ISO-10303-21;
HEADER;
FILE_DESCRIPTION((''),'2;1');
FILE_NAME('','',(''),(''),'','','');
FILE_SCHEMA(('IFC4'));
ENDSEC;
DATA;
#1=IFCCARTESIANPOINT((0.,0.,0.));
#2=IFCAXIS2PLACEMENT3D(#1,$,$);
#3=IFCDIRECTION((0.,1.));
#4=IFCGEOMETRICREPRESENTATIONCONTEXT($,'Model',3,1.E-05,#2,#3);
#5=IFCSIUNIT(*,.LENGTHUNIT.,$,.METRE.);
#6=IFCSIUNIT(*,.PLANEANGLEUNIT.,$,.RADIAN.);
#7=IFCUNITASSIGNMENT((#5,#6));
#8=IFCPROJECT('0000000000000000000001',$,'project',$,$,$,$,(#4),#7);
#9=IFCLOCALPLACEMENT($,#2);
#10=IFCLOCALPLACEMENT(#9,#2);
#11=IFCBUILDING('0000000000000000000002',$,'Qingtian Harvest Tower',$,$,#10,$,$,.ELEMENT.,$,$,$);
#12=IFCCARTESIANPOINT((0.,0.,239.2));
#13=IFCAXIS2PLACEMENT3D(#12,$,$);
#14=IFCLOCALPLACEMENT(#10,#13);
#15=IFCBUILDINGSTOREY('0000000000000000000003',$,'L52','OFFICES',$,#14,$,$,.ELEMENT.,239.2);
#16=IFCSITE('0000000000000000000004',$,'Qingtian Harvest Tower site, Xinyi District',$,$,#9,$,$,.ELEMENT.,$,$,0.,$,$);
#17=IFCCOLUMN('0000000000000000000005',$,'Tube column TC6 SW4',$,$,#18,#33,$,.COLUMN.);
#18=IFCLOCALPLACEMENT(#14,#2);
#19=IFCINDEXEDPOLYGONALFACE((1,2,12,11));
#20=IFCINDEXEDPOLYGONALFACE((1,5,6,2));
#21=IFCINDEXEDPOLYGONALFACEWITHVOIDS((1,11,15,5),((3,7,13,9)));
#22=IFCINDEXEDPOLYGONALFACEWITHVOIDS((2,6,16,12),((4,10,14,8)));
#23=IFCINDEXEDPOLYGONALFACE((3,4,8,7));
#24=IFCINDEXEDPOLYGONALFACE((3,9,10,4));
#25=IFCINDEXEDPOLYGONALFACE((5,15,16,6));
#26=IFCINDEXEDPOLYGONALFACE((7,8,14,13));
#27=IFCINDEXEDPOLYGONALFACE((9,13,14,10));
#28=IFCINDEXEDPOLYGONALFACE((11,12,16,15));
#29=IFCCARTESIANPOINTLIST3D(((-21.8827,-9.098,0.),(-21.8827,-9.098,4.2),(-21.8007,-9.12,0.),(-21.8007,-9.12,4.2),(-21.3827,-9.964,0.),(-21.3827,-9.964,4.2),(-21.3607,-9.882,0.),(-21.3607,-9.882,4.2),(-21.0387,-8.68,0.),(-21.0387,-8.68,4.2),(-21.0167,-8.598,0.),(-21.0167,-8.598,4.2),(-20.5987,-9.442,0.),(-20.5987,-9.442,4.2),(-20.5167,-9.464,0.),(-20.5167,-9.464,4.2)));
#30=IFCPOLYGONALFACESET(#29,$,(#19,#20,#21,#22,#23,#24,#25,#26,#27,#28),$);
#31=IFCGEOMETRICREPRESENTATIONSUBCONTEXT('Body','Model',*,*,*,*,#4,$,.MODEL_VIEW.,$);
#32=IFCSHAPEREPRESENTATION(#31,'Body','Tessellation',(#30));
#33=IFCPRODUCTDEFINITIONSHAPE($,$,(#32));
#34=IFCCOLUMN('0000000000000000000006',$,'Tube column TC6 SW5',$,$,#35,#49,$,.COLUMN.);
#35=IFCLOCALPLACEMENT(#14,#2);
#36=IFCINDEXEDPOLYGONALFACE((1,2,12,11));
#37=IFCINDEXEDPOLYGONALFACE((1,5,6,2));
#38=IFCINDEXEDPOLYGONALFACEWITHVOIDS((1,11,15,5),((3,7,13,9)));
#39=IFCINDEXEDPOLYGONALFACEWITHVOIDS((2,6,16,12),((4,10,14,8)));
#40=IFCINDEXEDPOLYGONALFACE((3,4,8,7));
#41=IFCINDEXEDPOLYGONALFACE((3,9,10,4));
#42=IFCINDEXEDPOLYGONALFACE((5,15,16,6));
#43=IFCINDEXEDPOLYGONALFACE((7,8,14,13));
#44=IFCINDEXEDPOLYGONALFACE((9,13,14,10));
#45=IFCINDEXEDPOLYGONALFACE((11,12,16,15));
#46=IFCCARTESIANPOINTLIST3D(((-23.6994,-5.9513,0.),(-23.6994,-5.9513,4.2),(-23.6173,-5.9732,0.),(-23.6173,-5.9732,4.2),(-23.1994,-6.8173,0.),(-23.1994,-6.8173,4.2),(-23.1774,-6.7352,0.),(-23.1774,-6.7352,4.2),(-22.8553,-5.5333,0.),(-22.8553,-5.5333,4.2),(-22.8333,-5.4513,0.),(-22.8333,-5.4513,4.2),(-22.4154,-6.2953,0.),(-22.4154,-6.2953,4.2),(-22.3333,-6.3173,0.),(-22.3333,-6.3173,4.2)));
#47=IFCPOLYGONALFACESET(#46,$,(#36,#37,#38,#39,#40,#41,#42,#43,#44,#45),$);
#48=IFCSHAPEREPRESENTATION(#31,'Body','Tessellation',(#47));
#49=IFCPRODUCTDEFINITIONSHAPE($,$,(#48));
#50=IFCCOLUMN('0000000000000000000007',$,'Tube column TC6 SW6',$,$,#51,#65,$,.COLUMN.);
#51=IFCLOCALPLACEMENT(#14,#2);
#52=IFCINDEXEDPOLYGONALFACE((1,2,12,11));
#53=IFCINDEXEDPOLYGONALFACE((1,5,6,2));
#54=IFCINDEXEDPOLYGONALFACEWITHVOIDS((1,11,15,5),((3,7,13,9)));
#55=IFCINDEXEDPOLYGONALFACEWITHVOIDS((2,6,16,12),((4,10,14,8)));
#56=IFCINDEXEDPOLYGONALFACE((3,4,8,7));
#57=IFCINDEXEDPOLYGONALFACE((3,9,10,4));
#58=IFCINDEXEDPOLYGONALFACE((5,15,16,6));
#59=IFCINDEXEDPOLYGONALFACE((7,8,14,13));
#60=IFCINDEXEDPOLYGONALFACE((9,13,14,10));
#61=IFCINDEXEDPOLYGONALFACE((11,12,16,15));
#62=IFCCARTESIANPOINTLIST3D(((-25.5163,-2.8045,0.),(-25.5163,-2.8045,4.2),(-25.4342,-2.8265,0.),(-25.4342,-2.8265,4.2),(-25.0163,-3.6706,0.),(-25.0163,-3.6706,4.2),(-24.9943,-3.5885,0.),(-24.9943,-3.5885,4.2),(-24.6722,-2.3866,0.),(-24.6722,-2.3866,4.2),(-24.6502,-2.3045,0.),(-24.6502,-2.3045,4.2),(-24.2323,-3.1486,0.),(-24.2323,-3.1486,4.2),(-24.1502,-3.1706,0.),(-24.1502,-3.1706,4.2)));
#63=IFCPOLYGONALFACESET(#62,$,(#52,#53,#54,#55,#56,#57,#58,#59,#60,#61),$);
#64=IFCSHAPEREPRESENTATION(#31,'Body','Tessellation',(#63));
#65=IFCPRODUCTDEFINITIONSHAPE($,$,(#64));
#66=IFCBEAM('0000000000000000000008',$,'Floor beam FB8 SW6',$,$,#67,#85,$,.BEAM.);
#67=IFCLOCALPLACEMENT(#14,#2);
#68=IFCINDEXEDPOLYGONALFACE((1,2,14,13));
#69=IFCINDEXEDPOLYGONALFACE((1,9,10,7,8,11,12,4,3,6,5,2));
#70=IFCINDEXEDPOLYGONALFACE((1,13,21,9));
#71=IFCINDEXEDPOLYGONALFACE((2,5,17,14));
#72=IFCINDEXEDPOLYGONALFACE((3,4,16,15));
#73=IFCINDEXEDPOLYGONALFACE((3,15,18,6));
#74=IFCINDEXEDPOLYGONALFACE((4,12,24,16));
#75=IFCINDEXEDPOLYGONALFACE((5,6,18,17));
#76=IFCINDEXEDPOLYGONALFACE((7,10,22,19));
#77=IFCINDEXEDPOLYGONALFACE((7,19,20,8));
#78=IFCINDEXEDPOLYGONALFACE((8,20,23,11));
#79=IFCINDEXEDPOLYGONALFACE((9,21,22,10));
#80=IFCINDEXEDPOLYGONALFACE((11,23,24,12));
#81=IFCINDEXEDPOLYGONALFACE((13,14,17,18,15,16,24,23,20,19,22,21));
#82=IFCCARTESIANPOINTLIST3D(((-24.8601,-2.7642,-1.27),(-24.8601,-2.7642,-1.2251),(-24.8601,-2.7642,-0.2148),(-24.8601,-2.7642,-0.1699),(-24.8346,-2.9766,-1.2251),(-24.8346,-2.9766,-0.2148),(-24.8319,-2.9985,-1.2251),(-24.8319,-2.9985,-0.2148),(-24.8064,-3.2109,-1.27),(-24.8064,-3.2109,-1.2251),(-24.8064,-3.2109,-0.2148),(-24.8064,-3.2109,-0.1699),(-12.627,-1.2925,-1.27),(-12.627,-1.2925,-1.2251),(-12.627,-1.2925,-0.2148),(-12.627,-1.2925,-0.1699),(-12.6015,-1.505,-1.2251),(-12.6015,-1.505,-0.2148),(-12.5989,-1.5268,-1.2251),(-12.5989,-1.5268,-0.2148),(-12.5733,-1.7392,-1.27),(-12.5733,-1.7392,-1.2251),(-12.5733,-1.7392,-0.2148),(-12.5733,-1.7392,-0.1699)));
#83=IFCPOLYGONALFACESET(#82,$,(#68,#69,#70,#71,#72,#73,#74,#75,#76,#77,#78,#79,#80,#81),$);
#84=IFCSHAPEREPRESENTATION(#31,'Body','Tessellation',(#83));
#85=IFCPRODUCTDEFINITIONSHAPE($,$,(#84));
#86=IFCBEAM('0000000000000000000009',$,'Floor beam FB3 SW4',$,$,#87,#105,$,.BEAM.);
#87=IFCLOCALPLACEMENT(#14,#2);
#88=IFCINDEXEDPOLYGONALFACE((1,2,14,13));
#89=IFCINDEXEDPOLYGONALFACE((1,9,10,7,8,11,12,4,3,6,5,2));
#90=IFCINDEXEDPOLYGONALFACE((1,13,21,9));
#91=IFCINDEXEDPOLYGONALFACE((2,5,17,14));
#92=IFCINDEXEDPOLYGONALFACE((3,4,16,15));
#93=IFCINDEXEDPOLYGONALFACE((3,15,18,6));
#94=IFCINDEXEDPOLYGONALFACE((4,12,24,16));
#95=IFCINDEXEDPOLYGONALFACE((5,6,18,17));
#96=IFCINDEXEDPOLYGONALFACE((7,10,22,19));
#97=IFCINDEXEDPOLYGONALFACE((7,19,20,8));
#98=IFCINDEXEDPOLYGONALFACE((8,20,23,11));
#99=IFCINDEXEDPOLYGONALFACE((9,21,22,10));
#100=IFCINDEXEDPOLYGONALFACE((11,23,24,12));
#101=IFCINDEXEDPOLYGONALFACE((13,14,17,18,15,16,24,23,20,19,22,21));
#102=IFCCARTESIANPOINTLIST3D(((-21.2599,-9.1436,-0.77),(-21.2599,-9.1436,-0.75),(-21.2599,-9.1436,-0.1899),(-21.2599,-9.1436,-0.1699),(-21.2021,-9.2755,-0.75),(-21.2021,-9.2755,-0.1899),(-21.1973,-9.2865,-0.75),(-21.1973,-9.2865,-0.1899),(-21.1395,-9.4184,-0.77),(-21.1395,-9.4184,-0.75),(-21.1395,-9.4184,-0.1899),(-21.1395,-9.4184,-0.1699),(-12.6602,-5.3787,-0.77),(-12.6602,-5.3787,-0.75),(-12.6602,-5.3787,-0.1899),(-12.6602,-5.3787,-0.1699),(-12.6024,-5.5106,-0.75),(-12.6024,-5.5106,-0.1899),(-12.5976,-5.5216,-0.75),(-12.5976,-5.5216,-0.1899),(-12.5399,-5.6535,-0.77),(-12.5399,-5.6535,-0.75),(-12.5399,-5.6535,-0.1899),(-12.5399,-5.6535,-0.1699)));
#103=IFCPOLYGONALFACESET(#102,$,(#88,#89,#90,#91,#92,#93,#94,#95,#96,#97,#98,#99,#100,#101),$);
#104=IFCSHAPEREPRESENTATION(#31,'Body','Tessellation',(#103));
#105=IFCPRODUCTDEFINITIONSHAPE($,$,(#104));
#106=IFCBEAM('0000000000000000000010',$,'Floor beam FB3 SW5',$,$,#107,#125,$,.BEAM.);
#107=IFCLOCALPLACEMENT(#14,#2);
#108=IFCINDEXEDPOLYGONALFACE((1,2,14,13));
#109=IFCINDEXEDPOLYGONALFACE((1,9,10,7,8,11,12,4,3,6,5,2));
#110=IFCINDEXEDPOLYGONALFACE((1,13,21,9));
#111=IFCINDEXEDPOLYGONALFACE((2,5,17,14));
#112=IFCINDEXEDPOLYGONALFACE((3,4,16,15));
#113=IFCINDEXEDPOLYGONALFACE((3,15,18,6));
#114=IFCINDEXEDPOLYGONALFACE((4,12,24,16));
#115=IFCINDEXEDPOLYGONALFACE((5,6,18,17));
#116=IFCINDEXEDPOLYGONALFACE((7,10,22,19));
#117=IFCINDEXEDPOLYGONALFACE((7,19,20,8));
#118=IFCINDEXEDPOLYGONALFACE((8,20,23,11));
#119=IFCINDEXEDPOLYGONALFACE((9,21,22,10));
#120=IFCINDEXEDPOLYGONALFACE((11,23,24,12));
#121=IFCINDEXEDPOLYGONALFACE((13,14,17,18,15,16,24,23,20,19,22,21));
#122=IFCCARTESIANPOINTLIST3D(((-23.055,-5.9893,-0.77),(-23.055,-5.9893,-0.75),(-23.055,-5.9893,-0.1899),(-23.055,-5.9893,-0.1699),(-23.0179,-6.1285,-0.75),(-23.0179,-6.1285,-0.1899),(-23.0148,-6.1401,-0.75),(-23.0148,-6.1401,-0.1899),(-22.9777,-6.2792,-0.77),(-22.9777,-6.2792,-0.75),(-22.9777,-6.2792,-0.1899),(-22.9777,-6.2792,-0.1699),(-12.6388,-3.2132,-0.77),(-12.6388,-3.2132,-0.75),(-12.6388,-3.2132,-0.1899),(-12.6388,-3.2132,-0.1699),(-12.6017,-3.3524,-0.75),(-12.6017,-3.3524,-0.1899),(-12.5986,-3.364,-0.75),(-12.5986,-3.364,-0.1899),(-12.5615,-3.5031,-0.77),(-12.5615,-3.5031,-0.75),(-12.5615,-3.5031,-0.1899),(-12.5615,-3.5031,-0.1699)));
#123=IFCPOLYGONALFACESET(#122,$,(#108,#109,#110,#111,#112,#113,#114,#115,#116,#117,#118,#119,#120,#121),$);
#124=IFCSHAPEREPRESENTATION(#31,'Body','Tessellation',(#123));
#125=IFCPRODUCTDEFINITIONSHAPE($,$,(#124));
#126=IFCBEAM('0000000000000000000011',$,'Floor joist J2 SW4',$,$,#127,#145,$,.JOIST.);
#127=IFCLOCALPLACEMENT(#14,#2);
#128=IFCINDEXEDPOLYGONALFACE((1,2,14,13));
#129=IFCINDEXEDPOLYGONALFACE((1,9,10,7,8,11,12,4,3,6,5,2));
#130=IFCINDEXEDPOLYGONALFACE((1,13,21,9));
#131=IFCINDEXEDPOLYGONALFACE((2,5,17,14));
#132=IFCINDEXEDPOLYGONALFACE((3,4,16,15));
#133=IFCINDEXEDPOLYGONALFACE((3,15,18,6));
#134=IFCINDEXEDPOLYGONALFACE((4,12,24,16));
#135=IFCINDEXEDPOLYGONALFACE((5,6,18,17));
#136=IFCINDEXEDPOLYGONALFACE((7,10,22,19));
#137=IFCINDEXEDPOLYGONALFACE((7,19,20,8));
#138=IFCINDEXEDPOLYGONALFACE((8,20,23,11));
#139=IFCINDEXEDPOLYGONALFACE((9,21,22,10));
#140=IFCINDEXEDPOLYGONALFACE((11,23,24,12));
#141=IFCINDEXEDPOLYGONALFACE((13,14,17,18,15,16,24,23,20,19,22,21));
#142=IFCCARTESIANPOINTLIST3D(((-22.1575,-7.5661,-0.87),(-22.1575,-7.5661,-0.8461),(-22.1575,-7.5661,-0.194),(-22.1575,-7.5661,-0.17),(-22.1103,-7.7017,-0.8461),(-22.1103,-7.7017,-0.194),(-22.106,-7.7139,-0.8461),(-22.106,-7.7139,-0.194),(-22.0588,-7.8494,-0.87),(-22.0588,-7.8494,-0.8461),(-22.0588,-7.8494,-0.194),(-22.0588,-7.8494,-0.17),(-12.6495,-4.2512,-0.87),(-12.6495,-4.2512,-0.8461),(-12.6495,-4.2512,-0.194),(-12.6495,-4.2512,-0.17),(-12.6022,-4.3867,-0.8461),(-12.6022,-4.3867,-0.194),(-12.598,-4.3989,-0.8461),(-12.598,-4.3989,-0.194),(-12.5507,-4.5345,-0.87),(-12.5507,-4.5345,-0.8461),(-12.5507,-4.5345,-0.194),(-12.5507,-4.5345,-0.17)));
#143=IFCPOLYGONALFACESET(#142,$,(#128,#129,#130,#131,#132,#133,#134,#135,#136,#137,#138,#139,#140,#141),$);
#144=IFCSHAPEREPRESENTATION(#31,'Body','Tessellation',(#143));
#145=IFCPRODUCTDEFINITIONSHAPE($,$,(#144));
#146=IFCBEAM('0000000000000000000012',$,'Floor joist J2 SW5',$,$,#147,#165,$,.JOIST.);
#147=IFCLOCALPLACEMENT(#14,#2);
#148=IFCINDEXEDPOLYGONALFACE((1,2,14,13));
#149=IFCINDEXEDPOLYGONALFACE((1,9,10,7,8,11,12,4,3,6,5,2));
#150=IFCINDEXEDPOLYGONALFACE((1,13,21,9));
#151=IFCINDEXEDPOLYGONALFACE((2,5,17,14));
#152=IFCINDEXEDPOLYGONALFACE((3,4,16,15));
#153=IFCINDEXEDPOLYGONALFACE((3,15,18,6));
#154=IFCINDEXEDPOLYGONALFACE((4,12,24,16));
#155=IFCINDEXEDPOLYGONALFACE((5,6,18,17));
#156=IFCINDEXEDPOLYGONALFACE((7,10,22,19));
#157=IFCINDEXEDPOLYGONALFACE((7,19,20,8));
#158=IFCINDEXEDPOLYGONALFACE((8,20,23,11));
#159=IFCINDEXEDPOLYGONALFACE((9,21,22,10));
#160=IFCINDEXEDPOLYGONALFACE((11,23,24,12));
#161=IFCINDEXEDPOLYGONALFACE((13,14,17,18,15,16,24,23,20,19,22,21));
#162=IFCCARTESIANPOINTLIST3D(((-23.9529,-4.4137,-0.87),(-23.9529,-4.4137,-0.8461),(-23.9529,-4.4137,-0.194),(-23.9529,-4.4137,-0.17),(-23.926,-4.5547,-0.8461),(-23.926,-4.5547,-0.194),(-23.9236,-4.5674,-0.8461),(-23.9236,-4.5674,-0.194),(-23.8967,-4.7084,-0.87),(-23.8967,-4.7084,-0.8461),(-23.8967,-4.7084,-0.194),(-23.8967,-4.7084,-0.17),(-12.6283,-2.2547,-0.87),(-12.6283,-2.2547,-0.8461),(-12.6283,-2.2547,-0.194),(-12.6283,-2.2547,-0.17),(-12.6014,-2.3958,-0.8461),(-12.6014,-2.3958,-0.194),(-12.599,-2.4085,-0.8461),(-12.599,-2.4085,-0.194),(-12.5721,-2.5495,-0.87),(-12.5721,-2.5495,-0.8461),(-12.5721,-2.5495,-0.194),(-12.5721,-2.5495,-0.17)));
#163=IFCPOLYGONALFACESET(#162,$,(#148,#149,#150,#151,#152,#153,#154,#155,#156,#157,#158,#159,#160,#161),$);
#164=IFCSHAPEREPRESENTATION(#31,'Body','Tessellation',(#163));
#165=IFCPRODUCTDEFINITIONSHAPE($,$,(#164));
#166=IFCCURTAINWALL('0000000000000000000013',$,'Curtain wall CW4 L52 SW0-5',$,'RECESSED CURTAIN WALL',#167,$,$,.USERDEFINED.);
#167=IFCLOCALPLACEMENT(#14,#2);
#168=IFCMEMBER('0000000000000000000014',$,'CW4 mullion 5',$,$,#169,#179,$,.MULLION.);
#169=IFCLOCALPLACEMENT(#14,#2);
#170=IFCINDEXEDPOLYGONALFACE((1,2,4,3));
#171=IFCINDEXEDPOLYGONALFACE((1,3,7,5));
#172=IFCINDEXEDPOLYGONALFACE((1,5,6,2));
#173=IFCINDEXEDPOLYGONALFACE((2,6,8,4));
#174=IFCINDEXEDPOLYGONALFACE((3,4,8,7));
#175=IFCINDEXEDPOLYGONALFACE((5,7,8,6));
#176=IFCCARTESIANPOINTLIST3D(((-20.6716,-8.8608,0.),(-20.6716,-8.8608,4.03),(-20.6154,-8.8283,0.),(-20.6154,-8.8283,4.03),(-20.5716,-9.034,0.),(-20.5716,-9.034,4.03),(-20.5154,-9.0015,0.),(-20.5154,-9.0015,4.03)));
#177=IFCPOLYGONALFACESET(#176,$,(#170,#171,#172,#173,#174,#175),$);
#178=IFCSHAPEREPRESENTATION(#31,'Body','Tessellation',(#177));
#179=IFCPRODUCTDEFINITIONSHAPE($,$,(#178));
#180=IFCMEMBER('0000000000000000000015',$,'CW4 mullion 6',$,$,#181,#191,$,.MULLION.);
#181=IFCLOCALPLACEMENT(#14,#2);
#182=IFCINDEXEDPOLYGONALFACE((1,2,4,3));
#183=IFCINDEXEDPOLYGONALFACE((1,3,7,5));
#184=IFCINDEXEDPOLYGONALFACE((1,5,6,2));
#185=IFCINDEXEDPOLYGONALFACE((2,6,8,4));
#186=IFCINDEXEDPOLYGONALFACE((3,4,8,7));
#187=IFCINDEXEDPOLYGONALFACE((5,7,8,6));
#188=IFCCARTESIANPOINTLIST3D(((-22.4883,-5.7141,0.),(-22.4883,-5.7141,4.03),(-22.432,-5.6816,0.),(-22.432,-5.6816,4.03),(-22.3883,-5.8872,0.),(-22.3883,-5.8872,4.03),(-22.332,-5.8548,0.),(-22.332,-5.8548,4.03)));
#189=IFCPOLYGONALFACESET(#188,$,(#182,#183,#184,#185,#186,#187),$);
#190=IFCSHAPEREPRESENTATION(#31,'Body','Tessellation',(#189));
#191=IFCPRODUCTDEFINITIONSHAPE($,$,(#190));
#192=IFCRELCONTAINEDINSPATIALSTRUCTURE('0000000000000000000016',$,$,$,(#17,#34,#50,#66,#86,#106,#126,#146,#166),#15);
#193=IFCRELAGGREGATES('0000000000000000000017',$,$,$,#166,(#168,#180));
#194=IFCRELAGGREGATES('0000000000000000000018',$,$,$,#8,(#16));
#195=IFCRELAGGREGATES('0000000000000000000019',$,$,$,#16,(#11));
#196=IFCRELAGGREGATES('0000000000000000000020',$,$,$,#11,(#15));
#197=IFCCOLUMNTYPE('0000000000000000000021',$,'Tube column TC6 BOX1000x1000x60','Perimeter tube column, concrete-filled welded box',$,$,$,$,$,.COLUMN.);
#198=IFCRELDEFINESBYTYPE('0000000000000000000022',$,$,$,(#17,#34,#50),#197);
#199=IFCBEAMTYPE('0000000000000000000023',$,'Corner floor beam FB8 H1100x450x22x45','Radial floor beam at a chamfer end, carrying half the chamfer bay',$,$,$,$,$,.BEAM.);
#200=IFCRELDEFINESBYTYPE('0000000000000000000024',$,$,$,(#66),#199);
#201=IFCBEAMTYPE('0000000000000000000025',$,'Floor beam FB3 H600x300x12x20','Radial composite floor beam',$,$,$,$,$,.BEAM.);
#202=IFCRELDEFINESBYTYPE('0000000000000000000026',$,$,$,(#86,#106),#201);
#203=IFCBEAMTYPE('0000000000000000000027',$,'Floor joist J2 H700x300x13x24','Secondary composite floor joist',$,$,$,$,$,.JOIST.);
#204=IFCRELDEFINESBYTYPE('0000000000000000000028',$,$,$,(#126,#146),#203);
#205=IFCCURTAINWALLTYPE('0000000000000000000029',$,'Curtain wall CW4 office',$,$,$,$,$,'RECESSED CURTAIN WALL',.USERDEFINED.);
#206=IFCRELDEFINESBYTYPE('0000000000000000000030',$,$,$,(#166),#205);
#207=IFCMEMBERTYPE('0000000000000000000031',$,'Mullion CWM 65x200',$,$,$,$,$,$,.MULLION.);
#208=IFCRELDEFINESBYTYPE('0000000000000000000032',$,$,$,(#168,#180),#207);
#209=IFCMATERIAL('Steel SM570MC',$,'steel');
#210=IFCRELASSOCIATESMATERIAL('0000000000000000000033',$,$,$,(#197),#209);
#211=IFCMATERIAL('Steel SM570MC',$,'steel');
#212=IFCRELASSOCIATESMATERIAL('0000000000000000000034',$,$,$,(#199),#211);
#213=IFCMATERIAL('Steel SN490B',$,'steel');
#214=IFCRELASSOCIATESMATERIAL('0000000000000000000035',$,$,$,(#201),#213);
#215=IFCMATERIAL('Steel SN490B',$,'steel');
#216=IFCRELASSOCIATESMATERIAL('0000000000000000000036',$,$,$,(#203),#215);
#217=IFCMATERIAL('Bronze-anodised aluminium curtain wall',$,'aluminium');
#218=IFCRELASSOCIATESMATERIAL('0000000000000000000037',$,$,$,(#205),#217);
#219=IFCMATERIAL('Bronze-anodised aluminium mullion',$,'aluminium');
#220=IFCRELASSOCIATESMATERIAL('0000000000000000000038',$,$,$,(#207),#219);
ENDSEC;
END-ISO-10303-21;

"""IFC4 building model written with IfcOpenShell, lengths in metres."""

from ifc_helpers import new_model, si_unit, direction, frame, origin, origin_2d, place, context, subcontext, project, spatial, rectangle, hollow_rectangle, i_section, extrude, material, material_profile, profile_set, type_object, element, aggregate, save


model = new_model("IFC4")

# Units and contexts
model_context = context("Model", 3, precision=1e-05, world=origin(), true_north=direction((0.0, 1.0)))
body_context = subcontext(model_context, "Body", "Model", "MODEL_VIEW")
ifc_project = project(units=[si_unit("LENGTHUNIT", "METRE"), si_unit("PLANEANGLEUNIT", "RADIAN")], contexts=[model_context])

# Site, building, storey
site_placement = place(None, origin())
site = spatial("IfcSite", under=ifc_project, at=site_placement, Name="Qingtian Harvest Tower site, Xinyi District", CompositionType="ELEMENT", RefElevation=0.0)
building_placement = place(site_placement, origin())
building = spatial("IfcBuilding", under=site, at=building_placement, Name="Qingtian Harvest Tower", CompositionType="ELEMENT")
storey_placement = place(building_placement, frame((0.0, 0.0, 239.2)))
storey = spatial("IfcBuildingStorey", under=building, at=storey_placement, Name="L52", Description="OFFICES", CompositionType="ELEMENT", Elevation=239.2)

# Columns
ifc_material_1 = material(Name="Steel SM570MC", Category="steel")
ifc_material_profile_1 = material_profile(ifc_material_1, hollow_rectangle(XDim=1.0, YDim=1.0, WallThickness=0.0601, at=origin_2d()), Name="BOX1000x1000x60")
ifc_profile_set_1 = profile_set([ifc_material_profile_1], Name="Steel SM570MC")
column_type = type_object("IfcColumnType", Name="Tube column TC6 BOX1000x1000x60", Description="Perimeter tube column, concrete-filled welded box", PredefinedType="COLUMN", material=ifc_profile_set_1)
for number, where, z_axis, x_axis, name in (
    (1, (-21.1997, -9.281, 0.0), (0.0, 0.0, 1.0), (0.5, -0.866025, 0.0), "Tube column TC6 SW4"),
    (2, (-23.0164, -6.1343, 0.0), (0.0, 0.0, 1.0), (0.5, -0.866025, 0.0), "Tube column TC6 SW5"),
    (3, (-24.8333, -2.9875, 0.0), (0.0, 0.0, 1.0), (0.5, -0.866025, 0.0), "Tube column TC6 SW6"),
):
    element("IfcColumn", number, at=place(storey_placement, frame(where, z_axis=z_axis, x_axis=x_axis)), inside=storey, type_object=column_type, Name=name, PredefinedType="COLUMN", context=body_context, shape_type="SweptSolid", body=[
        extrude(hollow_rectangle(XDim=1.0, YDim=1.0, WallThickness=0.0601, at=origin_2d()), origin(), (0.0, 0.0, 1.0), 4.2),
    ])

# Beams
ifc_material_2 = material(Name="Steel SM570MC", Category="steel")
ifc_material_profile_2 = material_profile(ifc_material_2, i_section(OverallWidth=0.45, OverallDepth=1.1001, WebThickness=0.022, FlangeThickness=0.0449, at=origin_2d()), Name="H1100x450x22x45")
ifc_profile_set_2 = profile_set([ifc_material_profile_2], Name="Steel SM570MC")
beam_type_1 = type_object("IfcBeamType", Name="Corner floor beam FB8 H1100x450x22x45", Description="Radial floor beam at a chamfer end, carrying half the chamfer bay", PredefinedType="BEAM", material=ifc_profile_set_2)
beam_1_placement = place(storey_placement, frame((-24.8333, -2.9875, -0.72), z_axis=(0.992841, 0.119441, 0.0), x_axis=(-0.119441, 0.992841, 0.0)))
element("IfcBeam", 4, at=beam_1_placement, inside=storey, type_object=beam_type_1, Name="Floor beam FB8 SW6", PredefinedType="BEAM", context=body_context, shape_type="SweptSolid", body=[
    extrude(i_section(OverallWidth=0.45, OverallDepth=1.1001, WebThickness=0.022, FlangeThickness=0.0449, at=origin_2d()), origin(), (0.0, 0.0, 1.0), 12.3213),
])
ifc_material_3 = material(Name="Steel SN490B", Category="steel")
ifc_material_profile_3 = material_profile(ifc_material_3, i_section(OverallWidth=0.3, OverallDepth=0.6001, WebThickness=0.012, FlangeThickness=0.02, at=origin_2d()), Name="H600x300x12x20")
ifc_profile_set_3 = profile_set([ifc_material_profile_3], Name="Steel SN490B")
beam_type_2 = type_object("IfcBeamType", Name="Floor beam FB3 H600x300x12x20", Description="Radial composite floor beam", PredefinedType="BEAM", material=ifc_profile_set_3)
beam_2_placement = place(storey_placement, frame((-21.1997, -9.281, -0.47), z_axis=(0.916057, 0.401048, 0.0), x_axis=(-0.401048, 0.916057, 0.0)))
element("IfcBeam", 5, at=beam_2_placement, inside=storey, type_object=beam_type_2, Name="Floor beam FB3 SW4", PredefinedType="BEAM", context=body_context, shape_type="SweptSolid", body=[
    extrude(i_section(OverallWidth=0.3, OverallDepth=0.6001, WebThickness=0.012, FlangeThickness=0.02, at=origin_2d()), origin(), (0.0, 0.0, 1.0), 9.3877),
])
beam_3_placement = place(storey_placement, frame((-23.0164, -6.1343, -0.47), z_axis=(0.966271, 0.257529, 0.0), x_axis=(-0.257529, 0.966271, 0.0)))
element("IfcBeam", 6, at=beam_3_placement, inside=storey, type_object=beam_type_2, Name="Floor beam FB3 SW5", PredefinedType="BEAM", context=body_context, shape_type="SweptSolid", body=[
    extrude(i_section(OverallWidth=0.3, OverallDepth=0.6001, WebThickness=0.012, FlangeThickness=0.02, at=origin_2d()), origin(), (0.0, 0.0, 1.0), 10.7798),
])
ifc_material_4 = material(Name="Steel SN490B", Category="steel")
ifc_material_profile_4 = material_profile(ifc_material_4, i_section(OverallWidth=0.3, OverallDepth=0.7, WebThickness=0.0129, FlangeThickness=0.0239, at=origin_2d()), Name="H700x300x13x24")
ifc_profile_set_4 = profile_set([ifc_material_profile_4], Name="Steel SN490B")
beam_type_3 = type_object("IfcBeamType", Name="Floor joist J2 H700x300x13x24", Description="Secondary composite floor joist", PredefinedType="JOIST", material=ifc_profile_set_4)
beam_4_placement = place(storey_placement, frame((-22.1082, -7.7078, -0.52), z_axis=(0.944256, 0.329211, 0.0), x_axis=(-0.329211, 0.944256, 0.0)))
element("IfcBeam", 7, at=beam_4_placement, inside=storey, type_object=beam_type_3, Name="Floor joist J2 SW4", PredefinedType="JOIST", context=body_context, shape_type="SweptSolid", body=[
    extrude(i_section(OverallWidth=0.3, OverallDepth=0.7, WebThickness=0.0129, FlangeThickness=0.0239, at=origin_2d()), origin(), (0.0, 0.0, 1.0), 10.0693),
])
beam_5_placement = place(storey_placement, frame((-23.9248, -4.561, -0.52), z_axis=(0.982309, 0.187267, 0.0), x_axis=(-0.187267, 0.982309, 0.0)))
element("IfcBeam", 8, at=beam_5_placement, inside=storey, type_object=beam_type_3, Name="Floor joist J2 SW5", PredefinedType="JOIST", context=body_context, shape_type="SweptSolid", body=[
    extrude(i_section(OverallWidth=0.3, OverallDepth=0.7, WebThickness=0.0129, FlangeThickness=0.0239, at=origin_2d()), origin(), (0.0, 0.0, 1.0), 11.5286),
])

# Curtain wall, members
ifc_material_5 = material(Name="Bronze-anodised aluminium curtain wall", Category="aluminium")
curtain_wall_type = type_object("IfcCurtainWallType", Name="Curtain wall CW4 office", ElementType="RECESSED CURTAIN WALL", PredefinedType="USERDEFINED", material=ifc_material_5)
curtain_wall_1_placement = place(storey_placement, origin())
curtain_wall_1 = element("IfcCurtainWall", 9, at=curtain_wall_1_placement, inside=storey, type_object=curtain_wall_type, Name="Curtain wall CW4 L52 SW0-5", ObjectType="RECESSED CURTAIN WALL", PredefinedType="USERDEFINED")
ifc_material_6 = material(Name="Bronze-anodised aluminium mullion", Category="aluminium")
ifc_material_profile_5 = material_profile(ifc_material_6, rectangle(XDim=0.0649, YDim=0.2, at=origin_2d()), Name="AL 65x200")
ifc_profile_set_5 = profile_set([ifc_material_profile_5], Name="Bronze-anodised aluminium mullion")
member_type_1 = type_object("IfcMemberType", Name="Mullion CWM 65x200", PredefinedType="MULLION", material=ifc_profile_set_5)
member_1_placement = place(storey_placement, frame((-20.5935, -8.9312, 0.0), z_axis=(0.0, 0.0, 1.0), x_axis=(-0.866025, -0.5, 0.0)))
member_1 = element("IfcMember", 10, at=member_1_placement, type_object=member_type_1, Name="CW4 mullion 5", PredefinedType="MULLION", context=body_context, shape_type="SweptSolid", body=[
    extrude(rectangle(XDim=0.0649, YDim=0.2, at=origin_2d()), origin(), (0.0, 0.0, 1.0), 4.03),
])
member_2_placement = place(storey_placement, frame((-22.4102, -5.7844, 0.0), z_axis=(0.0, 0.0, 1.0), x_axis=(-0.866025, -0.5, 0.0)))
member_2 = element("IfcMember", 11, at=member_2_placement, type_object=member_type_1, Name="CW4 mullion 6", PredefinedType="MULLION", context=body_context, shape_type="SweptSolid", body=[
    extrude(rectangle(XDim=0.0649, YDim=0.2, at=origin_2d()), origin(), (0.0, 0.0, 1.0), 4.03),
])

aggregate(curtain_wall_1, [member_1, member_2])

save(model, "model.ifc")
